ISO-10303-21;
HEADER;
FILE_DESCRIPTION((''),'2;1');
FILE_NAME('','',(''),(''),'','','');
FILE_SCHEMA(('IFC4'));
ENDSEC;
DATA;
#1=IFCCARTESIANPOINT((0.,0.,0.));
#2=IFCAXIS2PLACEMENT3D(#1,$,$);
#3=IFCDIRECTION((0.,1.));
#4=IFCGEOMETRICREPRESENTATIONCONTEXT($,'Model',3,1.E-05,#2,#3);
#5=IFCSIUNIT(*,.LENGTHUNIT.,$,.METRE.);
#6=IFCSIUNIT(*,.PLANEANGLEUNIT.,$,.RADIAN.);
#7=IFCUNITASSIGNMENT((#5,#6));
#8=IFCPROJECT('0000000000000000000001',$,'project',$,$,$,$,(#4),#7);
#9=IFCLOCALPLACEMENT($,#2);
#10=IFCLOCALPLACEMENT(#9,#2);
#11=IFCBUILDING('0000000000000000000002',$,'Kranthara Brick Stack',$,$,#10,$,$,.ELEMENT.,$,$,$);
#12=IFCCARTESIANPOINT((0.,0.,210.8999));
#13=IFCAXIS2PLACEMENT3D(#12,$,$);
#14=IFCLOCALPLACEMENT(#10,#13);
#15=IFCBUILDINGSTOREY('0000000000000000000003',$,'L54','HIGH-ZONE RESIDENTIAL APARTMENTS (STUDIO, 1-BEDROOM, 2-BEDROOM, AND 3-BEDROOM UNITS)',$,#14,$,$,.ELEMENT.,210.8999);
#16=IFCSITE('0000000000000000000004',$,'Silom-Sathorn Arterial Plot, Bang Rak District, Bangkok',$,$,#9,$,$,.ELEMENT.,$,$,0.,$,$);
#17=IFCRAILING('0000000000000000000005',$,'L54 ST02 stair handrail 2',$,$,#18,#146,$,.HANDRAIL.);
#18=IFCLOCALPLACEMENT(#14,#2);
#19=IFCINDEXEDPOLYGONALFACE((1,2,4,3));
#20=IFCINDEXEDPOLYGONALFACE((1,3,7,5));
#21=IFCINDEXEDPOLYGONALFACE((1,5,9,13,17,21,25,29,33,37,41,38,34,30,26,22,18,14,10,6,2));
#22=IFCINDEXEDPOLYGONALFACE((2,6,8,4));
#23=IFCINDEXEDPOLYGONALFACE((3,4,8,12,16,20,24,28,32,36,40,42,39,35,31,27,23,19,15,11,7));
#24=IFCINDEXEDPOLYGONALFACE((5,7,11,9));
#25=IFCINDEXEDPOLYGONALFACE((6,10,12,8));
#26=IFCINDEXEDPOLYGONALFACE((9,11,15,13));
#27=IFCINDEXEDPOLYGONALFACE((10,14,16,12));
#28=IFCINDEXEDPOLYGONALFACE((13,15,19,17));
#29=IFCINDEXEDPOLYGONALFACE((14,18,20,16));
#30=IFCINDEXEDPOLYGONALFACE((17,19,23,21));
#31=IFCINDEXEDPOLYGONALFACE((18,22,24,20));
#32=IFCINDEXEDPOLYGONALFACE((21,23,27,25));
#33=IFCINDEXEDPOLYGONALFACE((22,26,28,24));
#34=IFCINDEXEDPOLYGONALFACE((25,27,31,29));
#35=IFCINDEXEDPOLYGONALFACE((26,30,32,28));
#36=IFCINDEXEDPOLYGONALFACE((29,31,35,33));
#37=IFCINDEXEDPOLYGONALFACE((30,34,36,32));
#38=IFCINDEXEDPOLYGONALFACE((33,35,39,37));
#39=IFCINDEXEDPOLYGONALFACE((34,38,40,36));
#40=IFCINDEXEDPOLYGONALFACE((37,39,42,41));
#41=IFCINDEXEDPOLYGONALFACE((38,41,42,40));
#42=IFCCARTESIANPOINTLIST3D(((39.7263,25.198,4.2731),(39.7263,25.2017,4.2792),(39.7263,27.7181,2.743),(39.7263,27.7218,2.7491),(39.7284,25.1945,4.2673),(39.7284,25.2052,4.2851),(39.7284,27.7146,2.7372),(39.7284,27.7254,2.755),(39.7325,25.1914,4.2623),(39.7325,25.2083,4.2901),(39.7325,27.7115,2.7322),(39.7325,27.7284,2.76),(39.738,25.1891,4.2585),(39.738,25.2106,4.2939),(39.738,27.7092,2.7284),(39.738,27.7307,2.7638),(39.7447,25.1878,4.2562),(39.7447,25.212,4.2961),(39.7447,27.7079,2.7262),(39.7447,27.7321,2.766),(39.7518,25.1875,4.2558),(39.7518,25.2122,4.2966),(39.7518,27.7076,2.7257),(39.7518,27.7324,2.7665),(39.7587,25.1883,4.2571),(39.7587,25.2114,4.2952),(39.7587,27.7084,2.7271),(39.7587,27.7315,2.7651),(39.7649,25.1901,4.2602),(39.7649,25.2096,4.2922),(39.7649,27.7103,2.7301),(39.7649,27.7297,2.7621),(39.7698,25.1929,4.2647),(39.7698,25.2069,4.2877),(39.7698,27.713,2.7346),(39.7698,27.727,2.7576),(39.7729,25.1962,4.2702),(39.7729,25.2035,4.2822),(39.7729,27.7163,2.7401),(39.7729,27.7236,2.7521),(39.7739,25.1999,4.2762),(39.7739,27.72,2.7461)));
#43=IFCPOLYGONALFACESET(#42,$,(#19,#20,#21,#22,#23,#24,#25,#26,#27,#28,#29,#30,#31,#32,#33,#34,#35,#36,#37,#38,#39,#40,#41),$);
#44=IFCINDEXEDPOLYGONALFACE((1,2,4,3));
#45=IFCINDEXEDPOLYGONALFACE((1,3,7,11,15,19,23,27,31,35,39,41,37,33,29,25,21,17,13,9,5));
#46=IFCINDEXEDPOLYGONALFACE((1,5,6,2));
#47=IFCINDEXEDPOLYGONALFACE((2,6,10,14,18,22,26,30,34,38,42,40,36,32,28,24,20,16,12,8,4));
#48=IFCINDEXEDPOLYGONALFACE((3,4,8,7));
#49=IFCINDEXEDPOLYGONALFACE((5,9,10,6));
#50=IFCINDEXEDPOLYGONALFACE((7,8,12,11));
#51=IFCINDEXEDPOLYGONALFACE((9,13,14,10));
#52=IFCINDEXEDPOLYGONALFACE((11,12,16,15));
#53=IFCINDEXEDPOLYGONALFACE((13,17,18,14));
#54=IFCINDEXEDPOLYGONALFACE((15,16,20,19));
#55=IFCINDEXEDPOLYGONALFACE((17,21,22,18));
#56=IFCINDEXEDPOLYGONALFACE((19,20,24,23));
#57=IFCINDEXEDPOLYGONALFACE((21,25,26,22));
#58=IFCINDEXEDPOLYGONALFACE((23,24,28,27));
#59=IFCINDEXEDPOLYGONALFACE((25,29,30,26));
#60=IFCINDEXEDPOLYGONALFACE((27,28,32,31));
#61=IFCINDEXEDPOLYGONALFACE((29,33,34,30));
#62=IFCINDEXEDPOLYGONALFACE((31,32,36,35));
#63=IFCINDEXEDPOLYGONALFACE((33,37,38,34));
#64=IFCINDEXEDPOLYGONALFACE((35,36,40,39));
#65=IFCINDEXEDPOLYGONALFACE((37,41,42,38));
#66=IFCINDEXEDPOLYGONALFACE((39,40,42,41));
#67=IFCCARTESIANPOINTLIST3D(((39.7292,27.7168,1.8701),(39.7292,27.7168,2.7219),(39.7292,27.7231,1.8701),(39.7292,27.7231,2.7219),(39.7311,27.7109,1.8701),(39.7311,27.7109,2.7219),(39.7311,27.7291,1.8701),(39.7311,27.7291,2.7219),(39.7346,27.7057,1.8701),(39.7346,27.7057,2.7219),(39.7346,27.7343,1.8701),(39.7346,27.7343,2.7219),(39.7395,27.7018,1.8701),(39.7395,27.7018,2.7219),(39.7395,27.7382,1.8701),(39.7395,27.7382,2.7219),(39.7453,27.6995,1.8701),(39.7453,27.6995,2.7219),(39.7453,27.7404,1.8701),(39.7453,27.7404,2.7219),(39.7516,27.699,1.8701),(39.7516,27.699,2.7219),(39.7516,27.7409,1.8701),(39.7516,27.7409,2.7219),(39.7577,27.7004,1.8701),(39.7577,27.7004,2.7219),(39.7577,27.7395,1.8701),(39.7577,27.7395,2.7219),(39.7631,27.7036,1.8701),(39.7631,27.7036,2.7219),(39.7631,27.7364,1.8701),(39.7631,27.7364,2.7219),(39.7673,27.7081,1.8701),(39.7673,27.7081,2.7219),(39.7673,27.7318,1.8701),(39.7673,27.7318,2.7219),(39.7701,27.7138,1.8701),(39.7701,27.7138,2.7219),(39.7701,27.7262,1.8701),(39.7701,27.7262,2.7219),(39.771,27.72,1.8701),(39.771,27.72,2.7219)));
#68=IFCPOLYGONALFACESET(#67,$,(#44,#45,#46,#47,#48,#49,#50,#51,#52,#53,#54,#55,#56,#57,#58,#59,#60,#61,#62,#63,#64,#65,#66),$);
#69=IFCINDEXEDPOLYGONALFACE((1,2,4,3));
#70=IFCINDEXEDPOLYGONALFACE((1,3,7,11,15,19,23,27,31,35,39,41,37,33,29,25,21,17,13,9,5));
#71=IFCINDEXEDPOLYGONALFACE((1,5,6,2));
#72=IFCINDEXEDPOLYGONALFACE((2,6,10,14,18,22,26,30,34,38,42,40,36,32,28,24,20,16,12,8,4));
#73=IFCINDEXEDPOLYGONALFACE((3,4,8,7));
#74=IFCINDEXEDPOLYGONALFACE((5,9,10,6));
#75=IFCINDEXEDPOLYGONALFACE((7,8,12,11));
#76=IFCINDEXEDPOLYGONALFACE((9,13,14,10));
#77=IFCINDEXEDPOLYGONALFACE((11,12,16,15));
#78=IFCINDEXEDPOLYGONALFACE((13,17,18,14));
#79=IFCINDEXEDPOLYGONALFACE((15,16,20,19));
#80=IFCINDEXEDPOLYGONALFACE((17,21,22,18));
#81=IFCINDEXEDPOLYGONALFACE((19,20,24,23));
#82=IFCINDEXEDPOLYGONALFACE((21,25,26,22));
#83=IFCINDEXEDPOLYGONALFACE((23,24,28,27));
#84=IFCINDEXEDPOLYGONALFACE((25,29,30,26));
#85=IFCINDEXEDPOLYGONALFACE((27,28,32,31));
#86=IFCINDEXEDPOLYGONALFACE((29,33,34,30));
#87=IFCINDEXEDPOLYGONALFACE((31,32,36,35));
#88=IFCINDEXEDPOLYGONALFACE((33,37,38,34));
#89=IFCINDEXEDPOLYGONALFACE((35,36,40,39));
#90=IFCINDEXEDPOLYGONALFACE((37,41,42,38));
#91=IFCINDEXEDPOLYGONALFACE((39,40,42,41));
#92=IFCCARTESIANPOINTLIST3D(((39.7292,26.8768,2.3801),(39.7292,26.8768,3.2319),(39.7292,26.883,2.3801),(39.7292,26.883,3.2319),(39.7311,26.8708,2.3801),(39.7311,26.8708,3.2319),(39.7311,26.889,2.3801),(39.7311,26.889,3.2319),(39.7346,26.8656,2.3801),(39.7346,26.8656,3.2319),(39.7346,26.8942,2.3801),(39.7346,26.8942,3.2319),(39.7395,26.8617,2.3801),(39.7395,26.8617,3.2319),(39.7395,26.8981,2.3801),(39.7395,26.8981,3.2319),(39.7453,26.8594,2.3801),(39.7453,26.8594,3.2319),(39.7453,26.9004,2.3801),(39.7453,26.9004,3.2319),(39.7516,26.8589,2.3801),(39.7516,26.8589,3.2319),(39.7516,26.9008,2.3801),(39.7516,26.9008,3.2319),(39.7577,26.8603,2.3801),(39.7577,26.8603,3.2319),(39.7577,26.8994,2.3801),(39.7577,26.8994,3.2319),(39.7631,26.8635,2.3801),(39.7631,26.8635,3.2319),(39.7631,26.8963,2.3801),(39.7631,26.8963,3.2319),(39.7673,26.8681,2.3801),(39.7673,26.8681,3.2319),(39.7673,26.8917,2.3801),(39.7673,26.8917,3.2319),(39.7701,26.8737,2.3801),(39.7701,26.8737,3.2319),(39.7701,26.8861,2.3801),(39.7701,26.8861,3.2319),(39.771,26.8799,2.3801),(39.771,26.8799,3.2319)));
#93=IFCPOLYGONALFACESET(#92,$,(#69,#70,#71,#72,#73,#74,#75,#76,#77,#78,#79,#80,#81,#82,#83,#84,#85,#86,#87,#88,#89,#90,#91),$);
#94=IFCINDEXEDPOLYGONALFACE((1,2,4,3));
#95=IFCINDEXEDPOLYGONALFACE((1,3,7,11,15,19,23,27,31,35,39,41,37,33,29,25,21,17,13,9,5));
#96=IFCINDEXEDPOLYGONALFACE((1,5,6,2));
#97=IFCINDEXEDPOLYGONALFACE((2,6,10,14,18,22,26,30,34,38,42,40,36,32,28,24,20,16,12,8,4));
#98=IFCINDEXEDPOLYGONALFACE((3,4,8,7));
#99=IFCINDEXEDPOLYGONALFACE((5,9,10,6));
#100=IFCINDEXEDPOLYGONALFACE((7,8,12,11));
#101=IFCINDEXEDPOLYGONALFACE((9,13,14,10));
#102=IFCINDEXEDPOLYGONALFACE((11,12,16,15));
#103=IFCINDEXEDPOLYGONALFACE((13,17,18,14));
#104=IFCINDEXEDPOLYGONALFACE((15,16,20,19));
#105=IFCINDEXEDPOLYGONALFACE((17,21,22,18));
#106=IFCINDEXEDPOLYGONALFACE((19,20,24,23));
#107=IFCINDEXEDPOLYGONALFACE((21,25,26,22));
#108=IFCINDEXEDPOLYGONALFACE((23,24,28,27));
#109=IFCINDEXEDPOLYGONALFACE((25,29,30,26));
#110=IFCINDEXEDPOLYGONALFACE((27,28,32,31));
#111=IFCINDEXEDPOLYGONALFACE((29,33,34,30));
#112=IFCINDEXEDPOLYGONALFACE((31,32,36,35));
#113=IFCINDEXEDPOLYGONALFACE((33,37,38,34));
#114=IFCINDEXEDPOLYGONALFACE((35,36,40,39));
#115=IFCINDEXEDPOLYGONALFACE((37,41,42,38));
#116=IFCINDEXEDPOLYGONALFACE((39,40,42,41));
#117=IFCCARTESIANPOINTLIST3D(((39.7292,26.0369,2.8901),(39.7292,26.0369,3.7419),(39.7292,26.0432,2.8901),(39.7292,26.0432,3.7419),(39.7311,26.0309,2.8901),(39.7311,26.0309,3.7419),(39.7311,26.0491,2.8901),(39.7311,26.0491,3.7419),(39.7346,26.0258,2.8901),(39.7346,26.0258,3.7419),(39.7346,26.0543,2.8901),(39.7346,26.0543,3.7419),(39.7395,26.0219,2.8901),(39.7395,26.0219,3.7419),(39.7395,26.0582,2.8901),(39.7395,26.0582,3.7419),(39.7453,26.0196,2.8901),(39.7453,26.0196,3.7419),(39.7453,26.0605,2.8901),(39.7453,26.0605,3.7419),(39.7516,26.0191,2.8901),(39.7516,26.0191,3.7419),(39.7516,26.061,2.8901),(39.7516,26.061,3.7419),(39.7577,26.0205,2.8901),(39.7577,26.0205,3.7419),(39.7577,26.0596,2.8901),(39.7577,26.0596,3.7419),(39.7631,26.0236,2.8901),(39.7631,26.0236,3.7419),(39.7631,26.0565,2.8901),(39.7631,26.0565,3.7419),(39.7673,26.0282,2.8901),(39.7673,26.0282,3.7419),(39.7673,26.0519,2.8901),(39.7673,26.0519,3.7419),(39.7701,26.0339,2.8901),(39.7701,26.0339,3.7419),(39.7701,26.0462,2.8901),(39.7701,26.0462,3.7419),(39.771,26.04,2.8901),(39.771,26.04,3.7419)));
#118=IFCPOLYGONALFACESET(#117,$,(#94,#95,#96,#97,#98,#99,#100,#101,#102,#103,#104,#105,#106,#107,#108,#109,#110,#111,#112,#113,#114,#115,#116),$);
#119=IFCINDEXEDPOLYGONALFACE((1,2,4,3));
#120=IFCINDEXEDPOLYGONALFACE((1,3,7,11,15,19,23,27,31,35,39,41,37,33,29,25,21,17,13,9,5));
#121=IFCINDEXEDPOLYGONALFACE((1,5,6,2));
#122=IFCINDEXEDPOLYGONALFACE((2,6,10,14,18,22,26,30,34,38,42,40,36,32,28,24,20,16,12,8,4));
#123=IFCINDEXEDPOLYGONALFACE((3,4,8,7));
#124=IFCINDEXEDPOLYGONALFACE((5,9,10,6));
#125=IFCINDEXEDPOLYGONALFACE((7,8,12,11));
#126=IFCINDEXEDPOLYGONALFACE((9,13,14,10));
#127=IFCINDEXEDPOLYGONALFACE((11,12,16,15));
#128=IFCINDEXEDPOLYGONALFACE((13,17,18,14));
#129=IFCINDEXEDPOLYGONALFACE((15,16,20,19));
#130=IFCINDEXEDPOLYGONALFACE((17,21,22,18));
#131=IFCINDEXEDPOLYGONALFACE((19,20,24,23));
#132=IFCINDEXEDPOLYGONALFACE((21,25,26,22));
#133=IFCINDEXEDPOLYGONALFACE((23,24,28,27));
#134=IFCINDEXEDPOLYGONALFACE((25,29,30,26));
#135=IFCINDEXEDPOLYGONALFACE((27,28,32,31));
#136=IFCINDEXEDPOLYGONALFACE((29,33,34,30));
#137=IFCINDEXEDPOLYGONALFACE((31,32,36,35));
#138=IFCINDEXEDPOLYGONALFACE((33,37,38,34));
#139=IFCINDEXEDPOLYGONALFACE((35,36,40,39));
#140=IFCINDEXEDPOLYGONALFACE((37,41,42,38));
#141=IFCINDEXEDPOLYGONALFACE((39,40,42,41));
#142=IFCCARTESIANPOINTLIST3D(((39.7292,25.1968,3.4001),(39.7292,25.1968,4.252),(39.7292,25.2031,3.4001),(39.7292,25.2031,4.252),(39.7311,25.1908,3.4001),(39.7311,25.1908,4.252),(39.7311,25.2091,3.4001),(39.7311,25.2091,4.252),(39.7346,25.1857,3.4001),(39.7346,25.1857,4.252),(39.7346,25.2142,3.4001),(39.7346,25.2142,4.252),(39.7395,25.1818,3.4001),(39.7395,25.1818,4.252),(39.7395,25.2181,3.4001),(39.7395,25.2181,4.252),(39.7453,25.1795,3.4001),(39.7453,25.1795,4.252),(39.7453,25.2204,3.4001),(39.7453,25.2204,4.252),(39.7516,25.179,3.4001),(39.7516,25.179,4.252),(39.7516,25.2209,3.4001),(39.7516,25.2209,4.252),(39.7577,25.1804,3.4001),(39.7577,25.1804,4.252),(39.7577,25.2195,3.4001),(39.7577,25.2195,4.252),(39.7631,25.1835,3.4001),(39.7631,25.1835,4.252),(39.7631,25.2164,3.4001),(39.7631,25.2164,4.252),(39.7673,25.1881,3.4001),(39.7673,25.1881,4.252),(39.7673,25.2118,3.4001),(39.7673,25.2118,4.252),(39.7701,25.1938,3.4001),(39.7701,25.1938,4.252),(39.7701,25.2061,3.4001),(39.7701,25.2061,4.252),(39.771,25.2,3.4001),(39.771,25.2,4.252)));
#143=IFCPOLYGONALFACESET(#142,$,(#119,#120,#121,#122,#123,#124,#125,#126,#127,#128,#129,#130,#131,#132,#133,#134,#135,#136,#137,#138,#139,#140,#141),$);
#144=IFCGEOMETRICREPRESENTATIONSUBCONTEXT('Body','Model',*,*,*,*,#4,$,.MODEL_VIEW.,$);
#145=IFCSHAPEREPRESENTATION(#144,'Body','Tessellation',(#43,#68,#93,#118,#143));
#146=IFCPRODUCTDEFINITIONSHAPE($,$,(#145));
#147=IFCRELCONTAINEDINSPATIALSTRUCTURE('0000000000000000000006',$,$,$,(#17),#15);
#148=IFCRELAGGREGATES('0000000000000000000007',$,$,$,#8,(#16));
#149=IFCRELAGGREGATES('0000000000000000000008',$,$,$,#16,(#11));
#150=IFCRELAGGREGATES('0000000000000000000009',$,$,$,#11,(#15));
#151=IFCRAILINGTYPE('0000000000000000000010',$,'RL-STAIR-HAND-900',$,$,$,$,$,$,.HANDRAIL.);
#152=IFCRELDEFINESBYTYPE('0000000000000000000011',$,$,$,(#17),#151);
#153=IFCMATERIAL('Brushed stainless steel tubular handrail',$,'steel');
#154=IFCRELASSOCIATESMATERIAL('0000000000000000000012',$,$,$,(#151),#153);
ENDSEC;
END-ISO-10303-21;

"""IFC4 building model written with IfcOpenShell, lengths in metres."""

from ifc_helpers import new_model, si_unit, direction, frame, origin, origin_2d, place, context, subcontext, project, spatial, circle, extrude, material, type_object, element, save


model = new_model("IFC4")

# Units and contexts
model_context = context("Model", 3, precision=1e-05, world=origin(), true_north=direction((0.0, 1.0)))
body_context = subcontext(model_context, "Body", "Model", "MODEL_VIEW")
ifc_project = project(units=[si_unit("LENGTHUNIT", "METRE"), si_unit("PLANEANGLEUNIT", "RADIAN")], contexts=[model_context])

# Site, building, storey
site_placement = place(None, origin())
site = spatial("IfcSite", under=ifc_project, at=site_placement, Name="Silom-Sathorn Arterial Plot, Bang Rak District, Bangkok", CompositionType="ELEMENT", RefElevation=0.0)
building_placement = place(site_placement, origin())
building = spatial("IfcBuilding", under=site, at=building_placement, Name="Kranthara Brick Stack", CompositionType="ELEMENT")
storey_placement = place(building_placement, frame((0.0, 0.0, 210.8999)))
storey = spatial("IfcBuildingStorey", under=building, at=storey_placement, Name="L54", Description="HIGH-ZONE RESIDENTIAL APARTMENTS (STUDIO, 1-BEDROOM, 2-BEDROOM, AND 3-BEDROOM UNITS)", CompositionType="ELEMENT", Elevation=210.8999)

# Railing
ifc_material_1 = material(Name="Brushed stainless steel tubular handrail", Category="steel")
railing_type_1 = type_object("IfcRailingType", Name="RL-STAIR-HAND-900", PredefinedType="HANDRAIL", material=ifc_material_1)
railing_1_placement = place(storey_placement, frame((39.75, 27.72, 1.8701)))
element("IfcRailing", 1, at=railing_1_placement, inside=storey, type_object=railing_type_1, Name="L54 ST02 stair handrail 2", PredefinedType="HANDRAIL", context=body_context, shape_type="SweptSolid", body=[
    extrude(circle(Radius=0.0239, at=origin_2d()), frame((0.0, 0.0, 0.876), z_axis=(0.0, -0.854785, 0.518982), x_axis=(1.0, 0.0, 0.0)), (0.0, 0.0, 1.0), 2.9482),
    extrude(circle(Radius=0.021, at=origin_2d()), origin(), (0.0, 0.0, 1.0), 0.8518),
    extrude(circle(Radius=0.021, at=origin_2d()), frame((0.0, -0.8401, 0.51)), (0.0, 0.0, 1.0), 0.8518),
    extrude(circle(Radius=0.021, at=origin_2d()), frame((0.0, -1.6799, 1.02)), (0.0, 0.0, 1.0), 0.8518),
    extrude(circle(Radius=0.021, at=origin_2d()), frame((0.0, -2.52, 1.53)), (0.0, 0.0, 1.0), 0.8518),
])

save(model, "model.ifc")
